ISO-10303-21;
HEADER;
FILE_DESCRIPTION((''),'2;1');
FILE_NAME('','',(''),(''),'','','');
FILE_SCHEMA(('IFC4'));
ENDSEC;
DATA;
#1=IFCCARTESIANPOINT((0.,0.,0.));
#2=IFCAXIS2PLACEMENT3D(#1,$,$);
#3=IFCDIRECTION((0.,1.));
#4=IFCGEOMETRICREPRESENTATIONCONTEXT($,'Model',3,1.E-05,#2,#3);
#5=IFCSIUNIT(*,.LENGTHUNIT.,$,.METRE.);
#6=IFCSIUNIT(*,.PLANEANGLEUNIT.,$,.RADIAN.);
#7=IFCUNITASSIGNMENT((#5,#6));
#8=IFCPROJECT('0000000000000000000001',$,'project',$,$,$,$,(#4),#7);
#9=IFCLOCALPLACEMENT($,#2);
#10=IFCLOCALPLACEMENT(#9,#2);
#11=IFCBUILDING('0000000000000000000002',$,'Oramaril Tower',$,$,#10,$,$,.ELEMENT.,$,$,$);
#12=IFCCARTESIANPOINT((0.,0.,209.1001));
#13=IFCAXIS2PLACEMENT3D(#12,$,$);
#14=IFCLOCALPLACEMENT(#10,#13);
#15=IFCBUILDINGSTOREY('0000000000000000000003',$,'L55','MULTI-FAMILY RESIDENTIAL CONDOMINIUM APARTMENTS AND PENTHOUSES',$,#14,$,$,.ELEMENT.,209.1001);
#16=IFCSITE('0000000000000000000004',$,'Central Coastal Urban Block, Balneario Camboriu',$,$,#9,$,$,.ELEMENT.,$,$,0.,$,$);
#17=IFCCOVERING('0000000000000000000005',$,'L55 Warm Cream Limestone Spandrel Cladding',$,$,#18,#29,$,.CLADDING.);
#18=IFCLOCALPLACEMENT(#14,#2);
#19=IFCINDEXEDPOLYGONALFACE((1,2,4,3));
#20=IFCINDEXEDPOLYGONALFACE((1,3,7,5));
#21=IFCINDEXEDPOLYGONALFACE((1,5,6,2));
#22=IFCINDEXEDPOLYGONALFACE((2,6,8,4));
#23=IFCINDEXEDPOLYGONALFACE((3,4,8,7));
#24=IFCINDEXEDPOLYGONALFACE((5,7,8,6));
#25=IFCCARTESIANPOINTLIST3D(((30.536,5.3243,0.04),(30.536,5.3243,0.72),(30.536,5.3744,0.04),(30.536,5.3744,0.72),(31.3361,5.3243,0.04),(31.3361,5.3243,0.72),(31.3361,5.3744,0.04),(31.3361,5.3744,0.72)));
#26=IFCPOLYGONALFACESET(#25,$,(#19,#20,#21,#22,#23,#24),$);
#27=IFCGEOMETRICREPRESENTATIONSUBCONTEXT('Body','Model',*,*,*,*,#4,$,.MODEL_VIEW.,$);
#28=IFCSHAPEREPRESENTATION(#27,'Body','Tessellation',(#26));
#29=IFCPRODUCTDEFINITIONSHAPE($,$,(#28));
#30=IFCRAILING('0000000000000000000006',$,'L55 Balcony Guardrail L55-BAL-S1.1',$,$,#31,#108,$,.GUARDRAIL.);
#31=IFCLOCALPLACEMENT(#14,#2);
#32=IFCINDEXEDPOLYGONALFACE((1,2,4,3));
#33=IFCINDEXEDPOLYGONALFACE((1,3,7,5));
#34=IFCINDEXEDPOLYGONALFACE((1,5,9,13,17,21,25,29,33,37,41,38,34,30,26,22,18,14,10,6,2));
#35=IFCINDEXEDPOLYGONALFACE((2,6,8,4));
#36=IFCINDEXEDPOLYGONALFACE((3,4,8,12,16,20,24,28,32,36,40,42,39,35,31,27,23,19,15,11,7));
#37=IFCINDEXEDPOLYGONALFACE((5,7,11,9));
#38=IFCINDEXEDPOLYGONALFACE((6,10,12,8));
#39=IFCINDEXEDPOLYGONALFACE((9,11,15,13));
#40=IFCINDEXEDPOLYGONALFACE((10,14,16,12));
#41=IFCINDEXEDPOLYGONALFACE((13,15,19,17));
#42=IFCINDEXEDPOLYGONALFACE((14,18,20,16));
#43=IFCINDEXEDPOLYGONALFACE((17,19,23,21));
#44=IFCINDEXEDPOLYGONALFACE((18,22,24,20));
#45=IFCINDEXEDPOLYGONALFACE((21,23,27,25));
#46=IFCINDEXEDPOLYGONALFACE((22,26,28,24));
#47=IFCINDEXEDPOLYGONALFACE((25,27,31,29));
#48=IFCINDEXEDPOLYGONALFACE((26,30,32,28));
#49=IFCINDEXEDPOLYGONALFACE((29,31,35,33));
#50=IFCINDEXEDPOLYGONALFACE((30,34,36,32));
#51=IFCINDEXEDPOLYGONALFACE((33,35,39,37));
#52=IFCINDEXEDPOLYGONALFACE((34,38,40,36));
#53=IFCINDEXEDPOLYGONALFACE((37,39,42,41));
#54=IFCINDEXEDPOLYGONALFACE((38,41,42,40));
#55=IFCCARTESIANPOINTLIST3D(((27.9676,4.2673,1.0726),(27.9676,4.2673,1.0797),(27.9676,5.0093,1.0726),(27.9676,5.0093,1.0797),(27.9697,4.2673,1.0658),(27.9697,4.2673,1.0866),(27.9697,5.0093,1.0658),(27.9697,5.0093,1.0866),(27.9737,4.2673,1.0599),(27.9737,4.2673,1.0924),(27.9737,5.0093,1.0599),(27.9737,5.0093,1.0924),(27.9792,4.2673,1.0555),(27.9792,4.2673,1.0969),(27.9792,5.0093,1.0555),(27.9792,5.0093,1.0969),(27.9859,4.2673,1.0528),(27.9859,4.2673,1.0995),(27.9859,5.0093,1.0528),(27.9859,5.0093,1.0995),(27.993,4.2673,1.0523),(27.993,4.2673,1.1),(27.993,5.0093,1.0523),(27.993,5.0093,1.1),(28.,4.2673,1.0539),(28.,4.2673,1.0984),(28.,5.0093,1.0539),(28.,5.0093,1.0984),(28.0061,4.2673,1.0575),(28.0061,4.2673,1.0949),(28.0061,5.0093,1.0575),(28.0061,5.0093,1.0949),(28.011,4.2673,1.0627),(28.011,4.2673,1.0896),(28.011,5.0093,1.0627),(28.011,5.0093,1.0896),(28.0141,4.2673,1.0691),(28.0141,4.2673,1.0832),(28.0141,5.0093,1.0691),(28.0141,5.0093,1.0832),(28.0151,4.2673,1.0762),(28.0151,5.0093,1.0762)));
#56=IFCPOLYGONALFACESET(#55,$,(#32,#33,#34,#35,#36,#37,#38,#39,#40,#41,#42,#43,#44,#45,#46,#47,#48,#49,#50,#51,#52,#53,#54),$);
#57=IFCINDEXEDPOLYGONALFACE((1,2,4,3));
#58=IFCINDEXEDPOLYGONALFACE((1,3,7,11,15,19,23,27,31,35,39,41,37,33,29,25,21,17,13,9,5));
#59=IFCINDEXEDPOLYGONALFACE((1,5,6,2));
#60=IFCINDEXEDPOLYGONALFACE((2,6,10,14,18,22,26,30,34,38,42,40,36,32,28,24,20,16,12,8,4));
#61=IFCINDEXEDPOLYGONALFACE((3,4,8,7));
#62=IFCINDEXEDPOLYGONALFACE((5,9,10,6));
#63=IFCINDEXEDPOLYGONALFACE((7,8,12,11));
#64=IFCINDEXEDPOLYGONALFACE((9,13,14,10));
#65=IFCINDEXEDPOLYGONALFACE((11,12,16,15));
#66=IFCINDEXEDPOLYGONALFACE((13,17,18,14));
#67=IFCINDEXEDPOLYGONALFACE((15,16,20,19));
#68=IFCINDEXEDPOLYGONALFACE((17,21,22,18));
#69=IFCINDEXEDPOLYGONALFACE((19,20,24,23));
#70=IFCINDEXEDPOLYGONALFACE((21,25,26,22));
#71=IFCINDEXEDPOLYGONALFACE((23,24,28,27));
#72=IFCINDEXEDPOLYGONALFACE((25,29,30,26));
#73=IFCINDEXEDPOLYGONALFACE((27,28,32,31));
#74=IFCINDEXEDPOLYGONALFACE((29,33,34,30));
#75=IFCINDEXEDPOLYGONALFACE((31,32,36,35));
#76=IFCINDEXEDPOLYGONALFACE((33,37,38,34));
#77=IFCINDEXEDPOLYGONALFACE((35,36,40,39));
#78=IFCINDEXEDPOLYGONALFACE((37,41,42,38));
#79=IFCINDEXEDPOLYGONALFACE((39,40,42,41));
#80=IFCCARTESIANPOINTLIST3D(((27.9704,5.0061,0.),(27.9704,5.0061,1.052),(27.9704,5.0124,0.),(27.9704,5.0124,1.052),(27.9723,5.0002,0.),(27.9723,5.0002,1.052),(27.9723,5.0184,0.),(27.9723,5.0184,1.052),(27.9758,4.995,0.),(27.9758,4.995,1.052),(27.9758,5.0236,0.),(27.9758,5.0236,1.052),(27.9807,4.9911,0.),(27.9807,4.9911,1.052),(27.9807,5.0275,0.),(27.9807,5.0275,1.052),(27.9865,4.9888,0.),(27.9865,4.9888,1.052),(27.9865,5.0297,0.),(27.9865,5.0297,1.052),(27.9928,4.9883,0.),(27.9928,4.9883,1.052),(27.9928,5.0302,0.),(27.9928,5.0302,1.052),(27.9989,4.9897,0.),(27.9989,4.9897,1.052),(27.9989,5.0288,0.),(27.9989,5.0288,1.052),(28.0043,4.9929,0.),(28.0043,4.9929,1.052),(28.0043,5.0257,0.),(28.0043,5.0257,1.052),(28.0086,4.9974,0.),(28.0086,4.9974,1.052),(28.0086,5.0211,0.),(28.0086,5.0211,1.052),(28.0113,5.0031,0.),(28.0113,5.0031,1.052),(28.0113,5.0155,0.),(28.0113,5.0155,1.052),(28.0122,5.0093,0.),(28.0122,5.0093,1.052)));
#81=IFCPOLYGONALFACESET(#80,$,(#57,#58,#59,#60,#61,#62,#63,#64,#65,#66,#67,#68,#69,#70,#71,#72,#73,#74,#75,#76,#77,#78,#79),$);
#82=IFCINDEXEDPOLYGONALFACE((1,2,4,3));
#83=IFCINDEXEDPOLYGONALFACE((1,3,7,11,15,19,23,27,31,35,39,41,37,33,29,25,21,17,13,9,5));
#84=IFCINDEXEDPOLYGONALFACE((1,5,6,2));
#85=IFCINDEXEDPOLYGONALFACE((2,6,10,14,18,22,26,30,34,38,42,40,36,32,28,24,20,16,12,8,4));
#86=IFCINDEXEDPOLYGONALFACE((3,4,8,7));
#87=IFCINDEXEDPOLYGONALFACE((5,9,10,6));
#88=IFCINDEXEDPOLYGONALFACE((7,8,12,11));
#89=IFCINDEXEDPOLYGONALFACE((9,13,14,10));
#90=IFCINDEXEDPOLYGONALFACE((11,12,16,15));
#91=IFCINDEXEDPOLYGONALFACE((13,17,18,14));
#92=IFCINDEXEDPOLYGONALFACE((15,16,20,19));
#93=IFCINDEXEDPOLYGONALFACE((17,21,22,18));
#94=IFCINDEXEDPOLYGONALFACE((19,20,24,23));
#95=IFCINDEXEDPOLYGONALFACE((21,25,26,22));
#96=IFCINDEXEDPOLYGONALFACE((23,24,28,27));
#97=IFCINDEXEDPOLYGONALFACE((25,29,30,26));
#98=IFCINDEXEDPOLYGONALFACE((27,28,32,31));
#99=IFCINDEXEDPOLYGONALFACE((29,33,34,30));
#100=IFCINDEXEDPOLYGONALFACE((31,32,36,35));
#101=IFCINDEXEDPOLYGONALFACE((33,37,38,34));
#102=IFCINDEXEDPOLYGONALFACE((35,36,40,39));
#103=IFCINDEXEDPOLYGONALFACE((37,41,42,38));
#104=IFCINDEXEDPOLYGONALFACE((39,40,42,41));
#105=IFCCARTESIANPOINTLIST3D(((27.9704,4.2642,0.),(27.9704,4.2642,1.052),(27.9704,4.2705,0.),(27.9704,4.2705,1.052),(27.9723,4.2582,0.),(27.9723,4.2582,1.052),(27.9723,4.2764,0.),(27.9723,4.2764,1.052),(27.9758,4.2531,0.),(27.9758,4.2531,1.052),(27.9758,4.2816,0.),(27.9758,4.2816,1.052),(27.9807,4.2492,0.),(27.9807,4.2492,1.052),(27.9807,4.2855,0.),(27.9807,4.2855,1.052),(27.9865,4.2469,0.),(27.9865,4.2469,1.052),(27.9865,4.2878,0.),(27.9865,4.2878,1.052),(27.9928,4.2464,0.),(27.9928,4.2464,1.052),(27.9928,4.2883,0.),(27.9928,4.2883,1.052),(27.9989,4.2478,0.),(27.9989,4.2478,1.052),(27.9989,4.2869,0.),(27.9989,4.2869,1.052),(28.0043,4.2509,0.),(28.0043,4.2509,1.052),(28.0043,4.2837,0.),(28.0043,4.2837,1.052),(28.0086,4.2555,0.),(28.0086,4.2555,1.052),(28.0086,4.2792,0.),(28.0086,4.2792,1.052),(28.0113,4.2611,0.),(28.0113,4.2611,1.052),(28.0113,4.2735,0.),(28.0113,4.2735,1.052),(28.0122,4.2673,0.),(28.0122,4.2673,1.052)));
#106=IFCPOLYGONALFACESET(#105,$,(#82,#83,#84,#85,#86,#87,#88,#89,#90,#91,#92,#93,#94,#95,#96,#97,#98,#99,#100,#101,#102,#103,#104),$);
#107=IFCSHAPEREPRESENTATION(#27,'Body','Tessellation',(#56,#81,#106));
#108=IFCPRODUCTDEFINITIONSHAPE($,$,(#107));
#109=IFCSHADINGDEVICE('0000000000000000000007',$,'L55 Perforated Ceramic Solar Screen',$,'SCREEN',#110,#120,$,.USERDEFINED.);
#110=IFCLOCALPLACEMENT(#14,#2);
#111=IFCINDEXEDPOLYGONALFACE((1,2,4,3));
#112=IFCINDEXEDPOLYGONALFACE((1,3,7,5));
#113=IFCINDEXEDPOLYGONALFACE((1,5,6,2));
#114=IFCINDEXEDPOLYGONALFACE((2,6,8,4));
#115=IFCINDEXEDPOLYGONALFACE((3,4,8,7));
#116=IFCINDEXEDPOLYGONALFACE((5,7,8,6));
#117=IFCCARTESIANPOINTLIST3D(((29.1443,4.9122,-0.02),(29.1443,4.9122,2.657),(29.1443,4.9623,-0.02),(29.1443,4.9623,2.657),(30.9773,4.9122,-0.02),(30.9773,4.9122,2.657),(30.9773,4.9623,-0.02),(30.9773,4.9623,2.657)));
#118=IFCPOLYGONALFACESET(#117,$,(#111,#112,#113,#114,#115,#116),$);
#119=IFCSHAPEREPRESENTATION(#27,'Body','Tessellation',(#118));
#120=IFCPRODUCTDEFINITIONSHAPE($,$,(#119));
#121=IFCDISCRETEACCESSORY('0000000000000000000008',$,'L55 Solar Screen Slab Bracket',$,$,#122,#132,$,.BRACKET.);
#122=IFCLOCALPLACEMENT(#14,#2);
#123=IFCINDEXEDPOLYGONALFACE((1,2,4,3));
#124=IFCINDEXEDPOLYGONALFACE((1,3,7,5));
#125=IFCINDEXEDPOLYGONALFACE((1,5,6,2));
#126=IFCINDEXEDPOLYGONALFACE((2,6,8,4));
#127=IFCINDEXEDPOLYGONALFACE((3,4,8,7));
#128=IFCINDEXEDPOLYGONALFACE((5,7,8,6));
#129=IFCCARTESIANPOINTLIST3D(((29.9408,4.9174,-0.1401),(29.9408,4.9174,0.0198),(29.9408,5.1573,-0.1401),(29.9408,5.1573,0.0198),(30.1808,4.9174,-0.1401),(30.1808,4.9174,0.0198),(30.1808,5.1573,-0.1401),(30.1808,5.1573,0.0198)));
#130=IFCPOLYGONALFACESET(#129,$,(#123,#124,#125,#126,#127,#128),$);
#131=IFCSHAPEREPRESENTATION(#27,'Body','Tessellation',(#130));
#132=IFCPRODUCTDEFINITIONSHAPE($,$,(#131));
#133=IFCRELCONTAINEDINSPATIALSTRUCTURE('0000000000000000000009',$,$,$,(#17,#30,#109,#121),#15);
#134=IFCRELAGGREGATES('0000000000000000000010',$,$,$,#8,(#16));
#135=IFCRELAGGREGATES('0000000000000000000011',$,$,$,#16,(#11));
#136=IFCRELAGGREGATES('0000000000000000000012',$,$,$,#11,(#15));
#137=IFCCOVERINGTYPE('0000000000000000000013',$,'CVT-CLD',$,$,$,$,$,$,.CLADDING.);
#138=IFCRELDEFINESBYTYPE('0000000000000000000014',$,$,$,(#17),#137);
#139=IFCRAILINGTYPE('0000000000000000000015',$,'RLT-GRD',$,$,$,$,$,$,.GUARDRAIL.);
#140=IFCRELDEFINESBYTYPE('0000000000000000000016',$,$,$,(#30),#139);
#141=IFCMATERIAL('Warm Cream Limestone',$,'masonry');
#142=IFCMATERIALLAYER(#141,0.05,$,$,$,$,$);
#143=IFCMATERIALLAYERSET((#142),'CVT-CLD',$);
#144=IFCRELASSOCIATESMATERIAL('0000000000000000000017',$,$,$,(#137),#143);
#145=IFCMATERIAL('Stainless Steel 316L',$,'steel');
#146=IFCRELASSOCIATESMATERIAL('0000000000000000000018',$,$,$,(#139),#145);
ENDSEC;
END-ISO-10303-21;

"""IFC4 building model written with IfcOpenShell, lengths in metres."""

from ifc_helpers import new_model, si_unit, direction, frame, origin, origin_2d, place, context, subcontext, project, spatial, rectangle, circle, extrude, material, layer, layer_set, type_object, element, save


model = new_model("IFC4")

# Units and contexts
model_context = context("Model", 3, precision=1e-05, world=origin(), true_north=direction((0.0, 1.0)))
body_context = subcontext(model_context, "Body", "Model", "MODEL_VIEW")
ifc_project = project(units=[si_unit("LENGTHUNIT", "METRE"), si_unit("PLANEANGLEUNIT", "RADIAN")], contexts=[model_context])

# Site, building, storey
site_placement = place(None, origin())
site = spatial("IfcSite", under=ifc_project, at=site_placement, Name="Central Coastal Urban Block, Balneario Camboriu", CompositionType="ELEMENT", RefElevation=0.0)
building_placement = place(site_placement, origin())
building = spatial("IfcBuilding", under=site, at=building_placement, Name="Oramaril Tower", CompositionType="ELEMENT")
storey_placement = place(building_placement, frame((0.0, 0.0, 209.1001)))
storey = spatial("IfcBuildingStorey", under=building, at=storey_placement, Name="L55", Description="MULTI-FAMILY RESIDENTIAL CONDOMINIUM APARTMENTS AND PENTHOUSES", CompositionType="ELEMENT", Elevation=209.1001)

# Covering
ifc_material_1 = material(Name="Warm Cream Limestone", Category="masonry")
ifc_layer_1 = layer(ifc_material_1, 0.05)
ifc_layer_set_1 = layer_set([ifc_layer_1], Name="CVT-CLD")
covering_type = type_object("IfcCoveringType", Name="CVT-CLD", PredefinedType="CLADDING", material=ifc_layer_set_1)
covering_placement = place(storey_placement, frame((30.936, 5.3494, 0.04), z_axis=(0.0, 0.0, 1.0), x_axis=(1.0, 0.0, 0.0)))
element("IfcCovering", 1, at=covering_placement, inside=storey, type_object=covering_type, Name="L55 Warm Cream Limestone Spandrel Cladding", PredefinedType="CLADDING", context=body_context, shape_type="SweptSolid", body=[
    extrude(rectangle(XDim=0.8, YDim=0.05, at=origin_2d()), origin(), (0.0, 0.0, 1.0), 0.6799),
])

# Railing
ifc_material_2 = material(Name="Stainless Steel 316L", Category="steel")
railing_type = type_object("IfcRailingType", Name="RLT-GRD", PredefinedType="GUARDRAIL", material=ifc_material_2)
railing_1_placement = place(storey_placement, frame((27.9912, 5.0093, 0.0)))
element("IfcRailing", 2, at=railing_1_placement, inside=storey, type_object=railing_type, Name="L55 Balcony Guardrail L55-BAL-S1.1", PredefinedType="GUARDRAIL", context=body_context, shape_type="SweptSolid", body=[
    extrude(circle(Radius=0.0239, at=origin_2d()), frame((0.0, 0.0, 1.0762), z_axis=(0.0, -1.0, 0.0), x_axis=(1.0, 0.0, 0.0)), (0.0, 0.0, 1.0), 0.7419),
    extrude(circle(Radius=0.021, at=origin_2d()), origin(), (0.0, 0.0, 1.0), 1.052),
    extrude(circle(Radius=0.021, at=origin_2d()), frame((0.0, -0.7419, 0.0)), (0.0, 0.0, 1.0), 1.052),
])

# Shading device
shading_device_placement = place(storey_placement, frame((30.0608, 4.9373, -0.02), z_axis=(0.0, 0.0, 1.0), x_axis=(1.0, 0.0, 0.0)))
element("IfcShadingDevice", 3, at=shading_device_placement, inside=storey, Name="L55 Perforated Ceramic Solar Screen", ObjectType="SCREEN", PredefinedType="USERDEFINED", context=body_context, shape_type="SweptSolid", body=[
    extrude(rectangle(XDim=1.833, YDim=0.05, at=origin_2d()), origin(), (0.0, 0.0, 1.0), 2.677),
])

# Discrete accessory
discrete_accessory_placement = place(storey_placement, frame((30.0608, 5.0374, -0.1401), z_axis=(0.0, 0.0, 1.0), x_axis=(1.0, 0.0, 0.0)))
element("IfcDiscreteAccessory", 4, at=discrete_accessory_placement, inside=storey, Name="L55 Solar Screen Slab Bracket", PredefinedType="BRACKET", context=body_context, shape_type="SweptSolid", body=[
    extrude(rectangle(XDim=0.24, YDim=0.24, at=origin_2d()), origin(), (0.0, 0.0, 1.0), 0.1599),
])

save(model, "model.ifc")
